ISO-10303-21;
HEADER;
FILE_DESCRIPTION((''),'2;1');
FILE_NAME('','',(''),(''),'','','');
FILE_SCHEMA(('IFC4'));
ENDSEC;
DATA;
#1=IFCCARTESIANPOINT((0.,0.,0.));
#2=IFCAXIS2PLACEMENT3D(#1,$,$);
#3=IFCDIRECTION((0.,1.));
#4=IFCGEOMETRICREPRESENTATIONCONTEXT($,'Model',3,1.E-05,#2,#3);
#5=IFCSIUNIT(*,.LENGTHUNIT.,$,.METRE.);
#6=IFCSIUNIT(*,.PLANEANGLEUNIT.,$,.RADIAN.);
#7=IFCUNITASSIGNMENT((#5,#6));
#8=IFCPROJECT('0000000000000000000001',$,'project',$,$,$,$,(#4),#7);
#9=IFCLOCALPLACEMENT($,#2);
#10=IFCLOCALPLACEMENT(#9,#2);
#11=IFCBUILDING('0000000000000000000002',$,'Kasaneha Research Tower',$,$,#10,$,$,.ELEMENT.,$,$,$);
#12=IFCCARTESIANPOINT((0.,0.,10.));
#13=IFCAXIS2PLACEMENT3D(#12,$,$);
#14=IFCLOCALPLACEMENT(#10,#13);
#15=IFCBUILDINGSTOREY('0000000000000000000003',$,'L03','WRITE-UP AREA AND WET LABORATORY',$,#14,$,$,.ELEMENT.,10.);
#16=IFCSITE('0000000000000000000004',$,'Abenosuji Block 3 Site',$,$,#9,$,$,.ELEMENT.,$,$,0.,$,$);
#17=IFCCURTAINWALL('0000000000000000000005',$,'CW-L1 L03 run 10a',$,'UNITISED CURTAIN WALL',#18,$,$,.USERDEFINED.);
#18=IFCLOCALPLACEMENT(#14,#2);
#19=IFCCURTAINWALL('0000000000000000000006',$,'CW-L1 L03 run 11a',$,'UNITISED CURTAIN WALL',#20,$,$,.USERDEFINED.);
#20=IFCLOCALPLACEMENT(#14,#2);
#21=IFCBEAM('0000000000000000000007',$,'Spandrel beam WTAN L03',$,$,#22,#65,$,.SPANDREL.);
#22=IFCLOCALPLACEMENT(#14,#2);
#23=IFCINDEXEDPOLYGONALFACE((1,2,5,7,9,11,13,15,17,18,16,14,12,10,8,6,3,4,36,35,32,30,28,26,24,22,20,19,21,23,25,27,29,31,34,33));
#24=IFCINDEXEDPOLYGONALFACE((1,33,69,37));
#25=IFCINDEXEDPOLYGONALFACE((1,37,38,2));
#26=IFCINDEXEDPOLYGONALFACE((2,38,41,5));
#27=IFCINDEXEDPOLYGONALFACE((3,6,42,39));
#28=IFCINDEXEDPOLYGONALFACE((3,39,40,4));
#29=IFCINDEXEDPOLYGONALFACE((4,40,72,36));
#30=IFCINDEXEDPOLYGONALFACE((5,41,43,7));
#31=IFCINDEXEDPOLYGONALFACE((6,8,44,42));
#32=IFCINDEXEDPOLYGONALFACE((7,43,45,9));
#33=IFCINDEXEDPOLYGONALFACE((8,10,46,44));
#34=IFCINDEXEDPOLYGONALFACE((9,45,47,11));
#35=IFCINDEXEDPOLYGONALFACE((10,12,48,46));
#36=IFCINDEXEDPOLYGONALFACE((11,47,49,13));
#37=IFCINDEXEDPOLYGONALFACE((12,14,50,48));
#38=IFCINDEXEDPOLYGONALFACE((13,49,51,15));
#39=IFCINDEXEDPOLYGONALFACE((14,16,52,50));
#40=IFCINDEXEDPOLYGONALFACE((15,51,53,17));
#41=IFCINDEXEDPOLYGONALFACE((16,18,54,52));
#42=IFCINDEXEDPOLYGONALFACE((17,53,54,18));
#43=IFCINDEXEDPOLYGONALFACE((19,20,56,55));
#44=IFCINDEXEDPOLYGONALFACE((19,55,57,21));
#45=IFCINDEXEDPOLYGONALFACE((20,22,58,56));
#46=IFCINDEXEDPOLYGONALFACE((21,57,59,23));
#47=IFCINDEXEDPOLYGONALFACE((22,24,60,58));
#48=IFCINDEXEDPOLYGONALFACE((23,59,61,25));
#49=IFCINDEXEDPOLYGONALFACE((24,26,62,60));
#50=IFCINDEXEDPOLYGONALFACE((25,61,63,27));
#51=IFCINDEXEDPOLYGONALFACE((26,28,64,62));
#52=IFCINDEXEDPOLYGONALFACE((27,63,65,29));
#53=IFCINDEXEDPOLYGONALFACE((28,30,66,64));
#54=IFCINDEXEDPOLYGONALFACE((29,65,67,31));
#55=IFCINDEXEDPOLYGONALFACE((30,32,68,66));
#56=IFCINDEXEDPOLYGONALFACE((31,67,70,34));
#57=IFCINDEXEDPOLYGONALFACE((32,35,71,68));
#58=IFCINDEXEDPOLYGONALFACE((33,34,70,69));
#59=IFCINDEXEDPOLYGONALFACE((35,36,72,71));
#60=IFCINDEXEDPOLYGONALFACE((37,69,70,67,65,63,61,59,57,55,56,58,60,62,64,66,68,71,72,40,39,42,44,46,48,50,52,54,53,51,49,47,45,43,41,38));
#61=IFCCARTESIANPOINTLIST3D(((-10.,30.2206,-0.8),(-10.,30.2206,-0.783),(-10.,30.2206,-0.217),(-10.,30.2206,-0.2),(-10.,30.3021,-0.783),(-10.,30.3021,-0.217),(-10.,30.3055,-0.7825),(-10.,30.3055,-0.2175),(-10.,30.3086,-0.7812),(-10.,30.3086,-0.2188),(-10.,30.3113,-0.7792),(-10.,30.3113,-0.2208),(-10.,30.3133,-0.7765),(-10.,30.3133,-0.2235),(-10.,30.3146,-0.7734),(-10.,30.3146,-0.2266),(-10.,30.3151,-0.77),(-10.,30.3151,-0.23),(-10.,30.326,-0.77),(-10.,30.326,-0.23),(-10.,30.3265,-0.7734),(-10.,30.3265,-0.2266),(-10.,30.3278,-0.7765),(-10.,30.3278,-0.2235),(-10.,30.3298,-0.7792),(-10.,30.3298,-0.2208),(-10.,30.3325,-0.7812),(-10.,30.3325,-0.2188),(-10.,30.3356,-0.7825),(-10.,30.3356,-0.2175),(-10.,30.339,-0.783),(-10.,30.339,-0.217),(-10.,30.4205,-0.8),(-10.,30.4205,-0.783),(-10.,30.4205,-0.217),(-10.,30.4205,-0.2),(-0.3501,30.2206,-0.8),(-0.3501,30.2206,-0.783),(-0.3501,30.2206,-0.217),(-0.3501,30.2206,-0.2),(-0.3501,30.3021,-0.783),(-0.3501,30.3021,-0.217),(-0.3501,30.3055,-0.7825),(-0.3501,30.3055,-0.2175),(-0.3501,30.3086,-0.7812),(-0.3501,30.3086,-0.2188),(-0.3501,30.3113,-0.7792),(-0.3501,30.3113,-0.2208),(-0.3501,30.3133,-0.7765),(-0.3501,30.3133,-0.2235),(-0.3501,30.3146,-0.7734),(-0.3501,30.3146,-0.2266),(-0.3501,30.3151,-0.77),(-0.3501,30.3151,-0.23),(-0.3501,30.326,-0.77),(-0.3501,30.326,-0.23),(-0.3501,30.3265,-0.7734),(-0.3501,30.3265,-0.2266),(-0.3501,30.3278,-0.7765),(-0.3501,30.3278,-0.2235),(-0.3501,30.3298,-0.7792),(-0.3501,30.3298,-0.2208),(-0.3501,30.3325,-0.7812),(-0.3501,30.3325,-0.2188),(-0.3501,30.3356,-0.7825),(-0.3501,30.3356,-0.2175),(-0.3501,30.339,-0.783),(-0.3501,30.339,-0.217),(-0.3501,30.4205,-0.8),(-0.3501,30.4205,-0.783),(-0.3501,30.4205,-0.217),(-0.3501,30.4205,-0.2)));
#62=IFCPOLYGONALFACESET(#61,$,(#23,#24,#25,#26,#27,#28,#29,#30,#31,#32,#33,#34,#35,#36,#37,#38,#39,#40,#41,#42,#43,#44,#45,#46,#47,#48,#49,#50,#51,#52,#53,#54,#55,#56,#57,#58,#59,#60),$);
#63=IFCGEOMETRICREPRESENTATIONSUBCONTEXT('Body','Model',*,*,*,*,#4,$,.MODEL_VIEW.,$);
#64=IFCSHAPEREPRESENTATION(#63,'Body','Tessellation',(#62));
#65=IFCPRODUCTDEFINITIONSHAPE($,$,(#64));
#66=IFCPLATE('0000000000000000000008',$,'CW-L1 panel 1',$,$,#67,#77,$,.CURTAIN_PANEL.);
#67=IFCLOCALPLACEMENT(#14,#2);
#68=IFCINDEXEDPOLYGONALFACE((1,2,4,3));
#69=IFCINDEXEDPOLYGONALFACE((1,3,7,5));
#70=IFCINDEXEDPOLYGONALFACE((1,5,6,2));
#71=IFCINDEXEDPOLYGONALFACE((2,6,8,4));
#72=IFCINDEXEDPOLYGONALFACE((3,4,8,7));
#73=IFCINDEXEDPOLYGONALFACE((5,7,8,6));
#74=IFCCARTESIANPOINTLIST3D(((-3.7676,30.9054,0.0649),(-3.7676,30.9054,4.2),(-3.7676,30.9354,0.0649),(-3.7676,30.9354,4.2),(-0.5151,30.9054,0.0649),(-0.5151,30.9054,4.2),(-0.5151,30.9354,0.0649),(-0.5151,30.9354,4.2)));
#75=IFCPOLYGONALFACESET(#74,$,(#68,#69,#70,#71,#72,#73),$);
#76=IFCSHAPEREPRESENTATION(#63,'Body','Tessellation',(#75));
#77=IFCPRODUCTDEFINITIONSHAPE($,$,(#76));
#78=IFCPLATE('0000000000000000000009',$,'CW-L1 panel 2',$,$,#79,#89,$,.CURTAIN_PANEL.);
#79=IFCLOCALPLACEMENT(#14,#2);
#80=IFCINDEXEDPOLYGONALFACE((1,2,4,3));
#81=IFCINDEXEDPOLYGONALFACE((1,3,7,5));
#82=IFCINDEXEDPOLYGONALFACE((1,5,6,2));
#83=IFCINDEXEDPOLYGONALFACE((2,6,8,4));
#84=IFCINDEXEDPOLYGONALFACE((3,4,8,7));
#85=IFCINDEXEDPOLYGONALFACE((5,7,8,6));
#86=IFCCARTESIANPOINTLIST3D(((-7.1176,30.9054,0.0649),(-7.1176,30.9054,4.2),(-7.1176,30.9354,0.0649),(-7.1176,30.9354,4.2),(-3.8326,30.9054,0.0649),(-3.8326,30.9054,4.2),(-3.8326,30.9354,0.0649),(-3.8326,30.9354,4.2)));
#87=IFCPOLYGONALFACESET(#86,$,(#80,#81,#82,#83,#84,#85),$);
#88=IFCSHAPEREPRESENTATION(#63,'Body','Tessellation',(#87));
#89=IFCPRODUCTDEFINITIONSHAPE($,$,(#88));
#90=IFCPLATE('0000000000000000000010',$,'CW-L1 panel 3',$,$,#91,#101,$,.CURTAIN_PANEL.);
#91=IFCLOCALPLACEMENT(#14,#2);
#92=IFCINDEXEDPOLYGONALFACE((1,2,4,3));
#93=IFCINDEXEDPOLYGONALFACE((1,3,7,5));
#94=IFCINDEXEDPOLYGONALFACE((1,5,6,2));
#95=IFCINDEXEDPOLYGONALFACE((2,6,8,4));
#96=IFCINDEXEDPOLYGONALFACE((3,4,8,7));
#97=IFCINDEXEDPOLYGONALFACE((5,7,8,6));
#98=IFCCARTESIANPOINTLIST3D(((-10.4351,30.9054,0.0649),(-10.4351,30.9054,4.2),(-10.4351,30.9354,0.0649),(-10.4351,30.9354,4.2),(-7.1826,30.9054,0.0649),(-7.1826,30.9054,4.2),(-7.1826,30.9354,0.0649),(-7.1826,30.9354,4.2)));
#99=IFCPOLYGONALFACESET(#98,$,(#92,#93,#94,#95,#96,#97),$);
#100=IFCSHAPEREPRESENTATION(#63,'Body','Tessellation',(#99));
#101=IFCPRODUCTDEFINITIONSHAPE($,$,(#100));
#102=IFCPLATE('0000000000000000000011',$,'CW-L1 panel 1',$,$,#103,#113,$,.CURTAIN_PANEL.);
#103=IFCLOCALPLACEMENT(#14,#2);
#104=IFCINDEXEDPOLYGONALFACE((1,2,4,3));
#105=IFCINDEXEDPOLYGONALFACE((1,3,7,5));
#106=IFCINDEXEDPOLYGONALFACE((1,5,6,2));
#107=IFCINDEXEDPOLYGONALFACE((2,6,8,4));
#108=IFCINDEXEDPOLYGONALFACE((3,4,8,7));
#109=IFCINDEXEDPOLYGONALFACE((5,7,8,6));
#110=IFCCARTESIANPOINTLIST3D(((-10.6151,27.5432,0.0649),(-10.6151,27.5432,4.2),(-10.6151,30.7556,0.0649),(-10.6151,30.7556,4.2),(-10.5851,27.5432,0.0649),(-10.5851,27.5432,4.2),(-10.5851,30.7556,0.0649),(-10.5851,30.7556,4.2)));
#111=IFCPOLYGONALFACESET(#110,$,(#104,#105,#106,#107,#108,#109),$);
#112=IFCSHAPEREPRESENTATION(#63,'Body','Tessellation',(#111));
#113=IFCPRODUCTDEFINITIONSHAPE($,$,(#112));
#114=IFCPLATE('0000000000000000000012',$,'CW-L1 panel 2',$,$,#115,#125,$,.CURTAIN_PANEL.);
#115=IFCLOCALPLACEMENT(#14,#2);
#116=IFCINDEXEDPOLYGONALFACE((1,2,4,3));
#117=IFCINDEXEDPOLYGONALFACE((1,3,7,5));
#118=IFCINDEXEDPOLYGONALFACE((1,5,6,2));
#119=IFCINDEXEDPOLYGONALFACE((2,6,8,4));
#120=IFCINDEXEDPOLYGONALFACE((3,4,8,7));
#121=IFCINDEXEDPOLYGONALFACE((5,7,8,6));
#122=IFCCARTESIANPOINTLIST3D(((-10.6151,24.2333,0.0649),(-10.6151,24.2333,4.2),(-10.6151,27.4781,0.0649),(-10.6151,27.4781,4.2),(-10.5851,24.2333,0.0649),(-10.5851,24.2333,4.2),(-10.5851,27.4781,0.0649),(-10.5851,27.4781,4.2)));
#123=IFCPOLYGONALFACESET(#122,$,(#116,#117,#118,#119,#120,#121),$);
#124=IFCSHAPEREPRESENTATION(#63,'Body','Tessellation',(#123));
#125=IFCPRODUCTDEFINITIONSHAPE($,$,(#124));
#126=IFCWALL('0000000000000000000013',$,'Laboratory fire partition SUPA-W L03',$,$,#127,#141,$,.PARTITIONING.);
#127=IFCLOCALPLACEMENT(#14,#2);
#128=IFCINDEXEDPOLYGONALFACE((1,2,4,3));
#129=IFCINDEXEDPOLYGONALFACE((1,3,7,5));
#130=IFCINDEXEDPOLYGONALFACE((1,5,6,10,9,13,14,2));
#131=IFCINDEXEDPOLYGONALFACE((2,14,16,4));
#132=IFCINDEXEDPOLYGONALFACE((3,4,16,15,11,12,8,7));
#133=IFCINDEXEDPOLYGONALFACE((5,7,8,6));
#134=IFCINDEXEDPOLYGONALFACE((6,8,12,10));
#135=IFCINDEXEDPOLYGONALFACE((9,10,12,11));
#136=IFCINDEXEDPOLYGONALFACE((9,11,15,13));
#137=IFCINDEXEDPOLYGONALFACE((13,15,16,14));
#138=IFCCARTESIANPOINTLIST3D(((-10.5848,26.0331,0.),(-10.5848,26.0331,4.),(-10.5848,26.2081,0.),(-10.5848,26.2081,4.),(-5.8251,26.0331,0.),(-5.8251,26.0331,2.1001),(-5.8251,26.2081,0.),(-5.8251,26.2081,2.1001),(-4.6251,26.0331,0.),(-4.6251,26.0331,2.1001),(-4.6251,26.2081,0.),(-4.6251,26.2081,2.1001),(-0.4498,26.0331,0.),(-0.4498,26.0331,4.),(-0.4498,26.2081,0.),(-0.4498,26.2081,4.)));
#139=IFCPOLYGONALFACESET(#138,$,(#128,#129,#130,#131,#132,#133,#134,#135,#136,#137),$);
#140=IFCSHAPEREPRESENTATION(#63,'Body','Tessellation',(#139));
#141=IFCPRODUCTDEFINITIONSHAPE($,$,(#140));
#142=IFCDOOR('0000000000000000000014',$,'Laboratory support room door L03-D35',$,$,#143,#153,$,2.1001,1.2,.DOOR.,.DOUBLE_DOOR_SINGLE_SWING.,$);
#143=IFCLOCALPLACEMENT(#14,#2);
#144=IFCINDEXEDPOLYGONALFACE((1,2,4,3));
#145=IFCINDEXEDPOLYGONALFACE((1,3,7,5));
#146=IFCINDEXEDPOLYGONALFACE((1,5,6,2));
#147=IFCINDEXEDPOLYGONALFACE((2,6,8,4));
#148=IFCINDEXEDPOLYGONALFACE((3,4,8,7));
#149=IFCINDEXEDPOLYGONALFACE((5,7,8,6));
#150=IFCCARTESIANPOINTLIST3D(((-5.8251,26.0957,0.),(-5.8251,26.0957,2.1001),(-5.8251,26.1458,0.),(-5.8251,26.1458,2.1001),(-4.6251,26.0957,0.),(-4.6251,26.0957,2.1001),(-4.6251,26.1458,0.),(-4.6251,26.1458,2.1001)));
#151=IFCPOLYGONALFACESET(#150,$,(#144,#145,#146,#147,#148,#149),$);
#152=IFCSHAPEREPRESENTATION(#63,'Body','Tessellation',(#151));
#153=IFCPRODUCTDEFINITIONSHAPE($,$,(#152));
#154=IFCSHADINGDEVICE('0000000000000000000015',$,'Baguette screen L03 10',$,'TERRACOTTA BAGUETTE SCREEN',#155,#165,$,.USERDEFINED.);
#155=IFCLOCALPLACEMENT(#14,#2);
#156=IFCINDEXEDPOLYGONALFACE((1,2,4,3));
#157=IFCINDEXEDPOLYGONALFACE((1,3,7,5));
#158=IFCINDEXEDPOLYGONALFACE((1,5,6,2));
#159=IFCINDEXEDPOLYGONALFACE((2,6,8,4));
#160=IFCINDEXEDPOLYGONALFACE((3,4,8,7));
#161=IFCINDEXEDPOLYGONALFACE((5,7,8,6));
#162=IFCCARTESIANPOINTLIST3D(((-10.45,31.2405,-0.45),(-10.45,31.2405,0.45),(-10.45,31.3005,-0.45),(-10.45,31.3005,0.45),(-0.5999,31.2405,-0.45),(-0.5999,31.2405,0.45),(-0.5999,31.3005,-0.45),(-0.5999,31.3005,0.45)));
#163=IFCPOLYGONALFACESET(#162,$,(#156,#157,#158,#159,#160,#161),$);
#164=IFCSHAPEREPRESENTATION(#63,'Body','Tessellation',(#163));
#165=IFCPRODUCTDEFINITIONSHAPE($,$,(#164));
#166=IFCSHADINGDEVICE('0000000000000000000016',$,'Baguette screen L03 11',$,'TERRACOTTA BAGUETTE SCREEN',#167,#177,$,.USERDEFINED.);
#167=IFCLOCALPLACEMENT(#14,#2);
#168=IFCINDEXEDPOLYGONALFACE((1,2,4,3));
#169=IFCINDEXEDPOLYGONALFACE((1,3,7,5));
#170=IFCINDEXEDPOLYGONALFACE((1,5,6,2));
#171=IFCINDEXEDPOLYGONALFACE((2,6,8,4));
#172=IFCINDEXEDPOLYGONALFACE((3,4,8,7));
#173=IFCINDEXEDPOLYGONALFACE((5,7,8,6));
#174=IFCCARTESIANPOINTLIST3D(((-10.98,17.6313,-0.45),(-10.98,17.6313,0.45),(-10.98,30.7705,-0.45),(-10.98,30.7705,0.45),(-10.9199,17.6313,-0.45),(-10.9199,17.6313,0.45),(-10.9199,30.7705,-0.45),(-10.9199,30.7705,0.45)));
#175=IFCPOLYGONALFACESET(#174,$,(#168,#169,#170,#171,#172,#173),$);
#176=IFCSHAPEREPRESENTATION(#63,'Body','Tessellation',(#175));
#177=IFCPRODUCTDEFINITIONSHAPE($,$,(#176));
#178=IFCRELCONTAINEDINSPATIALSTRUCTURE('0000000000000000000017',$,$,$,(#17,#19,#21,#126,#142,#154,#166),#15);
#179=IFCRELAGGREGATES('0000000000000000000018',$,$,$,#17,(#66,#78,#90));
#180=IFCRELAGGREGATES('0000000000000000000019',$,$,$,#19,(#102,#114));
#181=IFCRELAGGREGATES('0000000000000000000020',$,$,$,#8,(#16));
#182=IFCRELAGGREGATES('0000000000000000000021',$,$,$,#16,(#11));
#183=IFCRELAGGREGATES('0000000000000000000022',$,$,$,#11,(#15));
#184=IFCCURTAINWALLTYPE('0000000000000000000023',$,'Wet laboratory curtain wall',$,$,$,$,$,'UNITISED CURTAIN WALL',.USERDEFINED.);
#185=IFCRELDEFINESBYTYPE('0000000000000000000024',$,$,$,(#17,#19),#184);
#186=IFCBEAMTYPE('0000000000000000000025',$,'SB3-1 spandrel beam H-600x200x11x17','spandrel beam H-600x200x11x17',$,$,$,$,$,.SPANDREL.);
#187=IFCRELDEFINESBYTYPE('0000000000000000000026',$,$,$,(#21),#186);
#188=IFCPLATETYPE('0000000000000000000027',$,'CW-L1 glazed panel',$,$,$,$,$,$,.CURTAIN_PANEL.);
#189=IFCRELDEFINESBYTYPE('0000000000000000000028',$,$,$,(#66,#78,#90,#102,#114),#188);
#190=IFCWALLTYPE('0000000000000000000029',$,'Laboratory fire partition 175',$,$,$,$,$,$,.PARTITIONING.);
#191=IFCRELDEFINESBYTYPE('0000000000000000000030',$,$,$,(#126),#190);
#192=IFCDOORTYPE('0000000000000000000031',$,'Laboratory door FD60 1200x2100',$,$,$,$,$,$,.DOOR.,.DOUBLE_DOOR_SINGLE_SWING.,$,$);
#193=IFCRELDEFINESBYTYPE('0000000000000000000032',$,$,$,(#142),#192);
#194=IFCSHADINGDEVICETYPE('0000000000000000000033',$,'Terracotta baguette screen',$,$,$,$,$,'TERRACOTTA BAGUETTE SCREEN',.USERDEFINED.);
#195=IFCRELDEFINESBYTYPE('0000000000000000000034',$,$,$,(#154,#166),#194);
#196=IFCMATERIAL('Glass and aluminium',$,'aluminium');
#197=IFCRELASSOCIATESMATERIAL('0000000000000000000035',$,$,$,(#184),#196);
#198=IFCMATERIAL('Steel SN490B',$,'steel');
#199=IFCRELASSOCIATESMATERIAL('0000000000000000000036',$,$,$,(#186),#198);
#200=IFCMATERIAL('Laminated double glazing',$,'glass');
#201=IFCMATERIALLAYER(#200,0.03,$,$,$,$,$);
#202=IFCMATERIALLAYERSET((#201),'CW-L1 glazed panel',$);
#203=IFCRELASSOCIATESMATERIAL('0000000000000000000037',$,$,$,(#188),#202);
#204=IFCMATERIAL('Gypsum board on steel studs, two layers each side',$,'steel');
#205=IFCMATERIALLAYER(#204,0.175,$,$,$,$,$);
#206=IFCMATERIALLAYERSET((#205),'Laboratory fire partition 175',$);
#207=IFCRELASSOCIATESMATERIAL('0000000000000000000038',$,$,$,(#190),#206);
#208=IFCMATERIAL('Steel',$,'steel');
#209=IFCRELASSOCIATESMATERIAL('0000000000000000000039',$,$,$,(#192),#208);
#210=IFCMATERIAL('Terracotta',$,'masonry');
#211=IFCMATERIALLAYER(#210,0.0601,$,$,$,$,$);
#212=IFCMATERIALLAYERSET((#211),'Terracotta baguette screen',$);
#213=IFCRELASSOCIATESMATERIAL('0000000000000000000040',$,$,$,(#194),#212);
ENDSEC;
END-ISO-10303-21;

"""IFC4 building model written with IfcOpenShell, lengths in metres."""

from ifc_helpers import new_model, si_unit, direction, frame, frame_2d, origin, origin_2d, place, context, subcontext, project, spatial, rectangle, i_section, extrude, material, layer, layer_set, material_profile, profile_set, type_object, element, fill, aggregate, save


model = new_model("IFC4")

# Units and contexts
model_context = context("Model", 3, precision=1e-05, world=origin(), true_north=direction((0.0, 1.0)))
body_context = subcontext(model_context, "Body", "Model", "MODEL_VIEW")
ifc_project = project(units=[si_unit("LENGTHUNIT", "METRE"), si_unit("PLANEANGLEUNIT", "RADIAN")], contexts=[model_context])

# Site, building, storey
site_placement = place(None, origin())
site = spatial("IfcSite", under=ifc_project, at=site_placement, Name="Abenosuji Block 3 Site", CompositionType="ELEMENT", RefElevation=0.0)
building_placement = place(site_placement, origin())
building = spatial("IfcBuilding", under=site, at=building_placement, Name="Kasaneha Research Tower", CompositionType="ELEMENT")
storey_placement = place(building_placement, frame((0.0, 0.0, 10.0)))
storey = spatial("IfcBuildingStorey", under=building, at=storey_placement, Name="L03", Description="WRITE-UP AREA AND WET LABORATORY", CompositionType="ELEMENT", Elevation=10.0)

# Curtain walls
ifc_material_1 = material(Name="Glass and aluminium", Category="aluminium")
curtain_wall_type = type_object("IfcCurtainWallType", Name="Wet laboratory curtain wall", ElementType="UNITISED CURTAIN WALL", PredefinedType="USERDEFINED", material=ifc_material_1)
curtain_wall_1_placement = place(storey_placement, origin())
curtain_wall_1 = element("IfcCurtainWall", 1, at=curtain_wall_1_placement, inside=storey, type_object=curtain_wall_type, Name="CW-L1 L03 run 10a", ObjectType="UNITISED CURTAIN WALL", PredefinedType="USERDEFINED")
curtain_wall_2_placement = place(storey_placement, origin())
curtain_wall_2 = element("IfcCurtainWall", 2, at=curtain_wall_2_placement, inside=storey, type_object=curtain_wall_type, Name="CW-L1 L03 run 11a", ObjectType="UNITISED CURTAIN WALL", PredefinedType="USERDEFINED")

# Beam
ifc_material_2 = material(Name="Steel SN490B", Category="steel")
ifc_material_profile_1 = material_profile(ifc_material_2, i_section(OverallWidth=0.2, OverallDepth=0.6001, WebThickness=0.011, FlangeThickness=0.0171, FilletRadius=0.0129, at=origin_2d()), Name="H-600x200x11x17")
ifc_profile_set_1 = profile_set([ifc_material_profile_1], Name="Steel SN490B")
beam_type_1 = type_object("IfcBeamType", Name="SB3-1 spandrel beam H-600x200x11x17", Description="spandrel beam H-600x200x11x17", PredefinedType="SPANDREL", material=ifc_profile_set_1)
beam_1_placement = place(storey_placement, frame((-10.0, 30.3206, -0.5), z_axis=(1.0, 0.0, 0.0), x_axis=(0.0, 1.0, 0.0)))
element("IfcBeam", 3, at=beam_1_placement, inside=storey, type_object=beam_type_1, Name="Spandrel beam WTAN L03", PredefinedType="SPANDREL", context=body_context, shape_type="SweptSolid", body=[
    extrude(i_section(OverallWidth=0.2, OverallDepth=0.6001, WebThickness=0.011, FlangeThickness=0.0171, FilletRadius=0.0129, at=origin_2d()), origin(), (0.0, 0.0, 1.0), 9.6499),
])

# Plates
ifc_material_3 = material(Name="Laminated double glazing", Category="glass")
ifc_layer_1 = layer(ifc_material_3, 0.03)
ifc_layer_set_1 = layer_set([ifc_layer_1], Name="CW-L1 glazed panel")
plate_type = type_object("IfcPlateType", Name="CW-L1 glazed panel", PredefinedType="CURTAIN_PANEL", material=ifc_layer_set_1)
plate_1_placement = place(storey_placement, frame((-2.1414, 30.9204, 0.0649), z_axis=(0.0, 0.0, 1.0), x_axis=(-1.0, 0.0, 0.0)))
plate_1 = element("IfcPlate", 4, at=plate_1_placement, type_object=plate_type, Name="CW-L1 panel 1", PredefinedType="CURTAIN_PANEL", context=body_context, shape_type="SweptSolid", body=[
    extrude(rectangle(XDim=3.2524, YDim=0.03, at=origin_2d()), origin(), (0.0, 0.0, 1.0), 4.135),
])
plate_2_placement = place(storey_placement, frame((-5.4751, 30.9204, 0.0649), z_axis=(0.0, 0.0, 1.0), x_axis=(-1.0, 0.0, 0.0)))
plate_2 = element("IfcPlate", 5, at=plate_2_placement, type_object=plate_type, Name="CW-L1 panel 2", PredefinedType="CURTAIN_PANEL", context=body_context, shape_type="SweptSolid", body=[
    extrude(rectangle(XDim=3.2849, YDim=0.03, at=origin_2d()), origin(), (0.0, 0.0, 1.0), 4.135),
])
plate_3_placement = place(storey_placement, frame((-8.8088, 30.9204, 0.0649), z_axis=(0.0, 0.0, 1.0), x_axis=(-1.0, 0.0, 0.0)))
plate_3 = element("IfcPlate", 6, at=plate_3_placement, type_object=plate_type, Name="CW-L1 panel 3", PredefinedType="CURTAIN_PANEL", context=body_context, shape_type="SweptSolid", body=[
    extrude(rectangle(XDim=3.2524, YDim=0.03, at=origin_2d()), origin(), (0.0, 0.0, 1.0), 4.135),
])
aggregate(curtain_wall_1, [plate_1, plate_2, plate_3])
plate_4_placement = place(storey_placement, frame((-10.6001, 29.1494, 0.0649), z_axis=(0.0, 0.0, 1.0), x_axis=(0.0, -1.0, 0.0)))
plate_4 = element("IfcPlate", 7, at=plate_4_placement, type_object=plate_type, Name="CW-L1 panel 1", PredefinedType="CURTAIN_PANEL", context=body_context, shape_type="SweptSolid", body=[
    extrude(rectangle(XDim=3.2124, YDim=0.03, at=origin_2d()), origin(), (0.0, 0.0, 1.0), 4.135),
])
plate_5_placement = place(storey_placement, frame((-10.6001, 25.8557, 0.0649), z_axis=(0.0, 0.0, 1.0), x_axis=(0.0, -1.0, 0.0)))
plate_5 = element("IfcPlate", 8, at=plate_5_placement, type_object=plate_type, Name="CW-L1 panel 2", PredefinedType="CURTAIN_PANEL", context=body_context, shape_type="SweptSolid", body=[
    extrude(rectangle(XDim=3.2449, YDim=0.03, at=origin_2d()), origin(), (0.0, 0.0, 1.0), 4.135),
])
aggregate(curtain_wall_2, [plate_4, plate_5])

# Wall, opening, door
ifc_material_4 = material(Name="Gypsum board on steel studs, two layers each side", Category="steel")
ifc_layer_2 = layer(ifc_material_4, 0.175)
ifc_layer_set_2 = layer_set([ifc_layer_2], Name="Laboratory fire partition 175")
wall_type = type_object("IfcWallType", Name="Laboratory fire partition 175", PredefinedType="PARTITIONING", material=ifc_layer_set_2)
wall_placement = place(storey_placement, frame((-0.45, 26.1206, 0.0), z_axis=(0.0, 0.0, 1.0), x_axis=(-1.0, 0.0, 0.0)))
wall = element("IfcWall", 9, at=wall_placement, inside=storey, type_object=wall_type, Name="Laboratory fire partition SUPA-W L03", PredefinedType="PARTITIONING", context=body_context, shape_type="SweptSolid", body=[
    extrude(rectangle(XDim=10.135, YDim=0.175, at=frame_2d((5.0674, 0.0))), origin(), (0.0, 0.0, 1.0), 4.0),
])
opening_placement = place(wall_placement, frame((4.175, 0.0, 0.0)))
opening = element("IfcOpeningElement", 10, at=opening_placement, cuts=wall, PredefinedType="OPENING", context=body_context, shape_type="SweptSolid", body=[
    extrude(rectangle(XDim=1.2, YDim=2.1001, at=frame_2d((0.6001, 1.05))), frame((0.0, 0.0977, 0.0), z_axis=(0.0, -1.0, 0.0), x_axis=(1.0, 0.0, 0.0)), (0.0, 0.0, 1.0), 0.1951),
])
ifc_material_5 = material(Name="Steel", Category="steel")
door_type = type_object("IfcDoorType", Name="Laboratory door FD60 1200x2100", OperationType="DOUBLE_DOOR_SINGLE_SWING", PredefinedType="DOOR", material=ifc_material_5)
door_placement = place(opening_placement, origin())
door = element("IfcDoor", 11, at=door_placement, inside=storey, type_object=door_type, Name="Laboratory support room door L03-D35", OperationType="DOUBLE_DOOR_SINGLE_SWING", OverallHeight=2.1001, OverallWidth=1.2, PredefinedType="DOOR", context=body_context, shape_type="SweptSolid", body=[
    extrude(rectangle(XDim=1.2, YDim=2.1001, at=frame_2d((0.6001, 1.05))), frame((0.0, 0.0249, 0.0), z_axis=(0.0, -1.0, 0.0), x_axis=(1.0, 0.0, 0.0)), (0.0, 0.0, 1.0), 0.05),
])
fill(opening, door)

# Shading devices
ifc_material_6 = material(Name="Terracotta", Category="masonry")
ifc_layer_3 = layer(ifc_material_6, 0.0601)
ifc_layer_set_3 = layer_set([ifc_layer_3], Name="Terracotta baguette screen")
shading_device_type = type_object("IfcShadingDeviceType", Name="Terracotta baguette screen", ElementType="TERRACOTTA BAGUETTE SCREEN", PredefinedType="USERDEFINED", material=ifc_layer_set_3)
shading_device_1_placement = place(storey_placement, frame((-5.5249, 31.2705, -0.45), z_axis=(0.0, 0.0, 1.0), x_axis=(-1.0, 0.0, 0.0)))
element("IfcShadingDevice", 12, at=shading_device_1_placement, inside=storey, type_object=shading_device_type, Name="Baguette screen L03 10", ObjectType="TERRACOTTA BAGUETTE SCREEN", PredefinedType="USERDEFINED", context=body_context, shape_type="SweptSolid", body=[
    extrude(rectangle(XDim=9.8501, YDim=0.0601, at=origin_2d()), origin(), (0.0, 0.0, 1.0), 0.8999),
])
shading_device_2_placement = place(storey_placement, frame((-10.95, 24.2009, -0.45), z_axis=(0.0, 0.0, 1.0), x_axis=(0.0, -1.0, 0.0)))
element("IfcShadingDevice", 13, at=shading_device_2_placement, inside=storey, type_object=shading_device_type, Name="Baguette screen L03 11", ObjectType="TERRACOTTA BAGUETTE SCREEN", PredefinedType="USERDEFINED", context=body_context, shape_type="SweptSolid", body=[
    extrude(rectangle(XDim=13.1392, YDim=0.0601, at=origin_2d()), origin(), (0.0, 0.0, 1.0), 0.8999),
])

save(model, "model.ifc")
